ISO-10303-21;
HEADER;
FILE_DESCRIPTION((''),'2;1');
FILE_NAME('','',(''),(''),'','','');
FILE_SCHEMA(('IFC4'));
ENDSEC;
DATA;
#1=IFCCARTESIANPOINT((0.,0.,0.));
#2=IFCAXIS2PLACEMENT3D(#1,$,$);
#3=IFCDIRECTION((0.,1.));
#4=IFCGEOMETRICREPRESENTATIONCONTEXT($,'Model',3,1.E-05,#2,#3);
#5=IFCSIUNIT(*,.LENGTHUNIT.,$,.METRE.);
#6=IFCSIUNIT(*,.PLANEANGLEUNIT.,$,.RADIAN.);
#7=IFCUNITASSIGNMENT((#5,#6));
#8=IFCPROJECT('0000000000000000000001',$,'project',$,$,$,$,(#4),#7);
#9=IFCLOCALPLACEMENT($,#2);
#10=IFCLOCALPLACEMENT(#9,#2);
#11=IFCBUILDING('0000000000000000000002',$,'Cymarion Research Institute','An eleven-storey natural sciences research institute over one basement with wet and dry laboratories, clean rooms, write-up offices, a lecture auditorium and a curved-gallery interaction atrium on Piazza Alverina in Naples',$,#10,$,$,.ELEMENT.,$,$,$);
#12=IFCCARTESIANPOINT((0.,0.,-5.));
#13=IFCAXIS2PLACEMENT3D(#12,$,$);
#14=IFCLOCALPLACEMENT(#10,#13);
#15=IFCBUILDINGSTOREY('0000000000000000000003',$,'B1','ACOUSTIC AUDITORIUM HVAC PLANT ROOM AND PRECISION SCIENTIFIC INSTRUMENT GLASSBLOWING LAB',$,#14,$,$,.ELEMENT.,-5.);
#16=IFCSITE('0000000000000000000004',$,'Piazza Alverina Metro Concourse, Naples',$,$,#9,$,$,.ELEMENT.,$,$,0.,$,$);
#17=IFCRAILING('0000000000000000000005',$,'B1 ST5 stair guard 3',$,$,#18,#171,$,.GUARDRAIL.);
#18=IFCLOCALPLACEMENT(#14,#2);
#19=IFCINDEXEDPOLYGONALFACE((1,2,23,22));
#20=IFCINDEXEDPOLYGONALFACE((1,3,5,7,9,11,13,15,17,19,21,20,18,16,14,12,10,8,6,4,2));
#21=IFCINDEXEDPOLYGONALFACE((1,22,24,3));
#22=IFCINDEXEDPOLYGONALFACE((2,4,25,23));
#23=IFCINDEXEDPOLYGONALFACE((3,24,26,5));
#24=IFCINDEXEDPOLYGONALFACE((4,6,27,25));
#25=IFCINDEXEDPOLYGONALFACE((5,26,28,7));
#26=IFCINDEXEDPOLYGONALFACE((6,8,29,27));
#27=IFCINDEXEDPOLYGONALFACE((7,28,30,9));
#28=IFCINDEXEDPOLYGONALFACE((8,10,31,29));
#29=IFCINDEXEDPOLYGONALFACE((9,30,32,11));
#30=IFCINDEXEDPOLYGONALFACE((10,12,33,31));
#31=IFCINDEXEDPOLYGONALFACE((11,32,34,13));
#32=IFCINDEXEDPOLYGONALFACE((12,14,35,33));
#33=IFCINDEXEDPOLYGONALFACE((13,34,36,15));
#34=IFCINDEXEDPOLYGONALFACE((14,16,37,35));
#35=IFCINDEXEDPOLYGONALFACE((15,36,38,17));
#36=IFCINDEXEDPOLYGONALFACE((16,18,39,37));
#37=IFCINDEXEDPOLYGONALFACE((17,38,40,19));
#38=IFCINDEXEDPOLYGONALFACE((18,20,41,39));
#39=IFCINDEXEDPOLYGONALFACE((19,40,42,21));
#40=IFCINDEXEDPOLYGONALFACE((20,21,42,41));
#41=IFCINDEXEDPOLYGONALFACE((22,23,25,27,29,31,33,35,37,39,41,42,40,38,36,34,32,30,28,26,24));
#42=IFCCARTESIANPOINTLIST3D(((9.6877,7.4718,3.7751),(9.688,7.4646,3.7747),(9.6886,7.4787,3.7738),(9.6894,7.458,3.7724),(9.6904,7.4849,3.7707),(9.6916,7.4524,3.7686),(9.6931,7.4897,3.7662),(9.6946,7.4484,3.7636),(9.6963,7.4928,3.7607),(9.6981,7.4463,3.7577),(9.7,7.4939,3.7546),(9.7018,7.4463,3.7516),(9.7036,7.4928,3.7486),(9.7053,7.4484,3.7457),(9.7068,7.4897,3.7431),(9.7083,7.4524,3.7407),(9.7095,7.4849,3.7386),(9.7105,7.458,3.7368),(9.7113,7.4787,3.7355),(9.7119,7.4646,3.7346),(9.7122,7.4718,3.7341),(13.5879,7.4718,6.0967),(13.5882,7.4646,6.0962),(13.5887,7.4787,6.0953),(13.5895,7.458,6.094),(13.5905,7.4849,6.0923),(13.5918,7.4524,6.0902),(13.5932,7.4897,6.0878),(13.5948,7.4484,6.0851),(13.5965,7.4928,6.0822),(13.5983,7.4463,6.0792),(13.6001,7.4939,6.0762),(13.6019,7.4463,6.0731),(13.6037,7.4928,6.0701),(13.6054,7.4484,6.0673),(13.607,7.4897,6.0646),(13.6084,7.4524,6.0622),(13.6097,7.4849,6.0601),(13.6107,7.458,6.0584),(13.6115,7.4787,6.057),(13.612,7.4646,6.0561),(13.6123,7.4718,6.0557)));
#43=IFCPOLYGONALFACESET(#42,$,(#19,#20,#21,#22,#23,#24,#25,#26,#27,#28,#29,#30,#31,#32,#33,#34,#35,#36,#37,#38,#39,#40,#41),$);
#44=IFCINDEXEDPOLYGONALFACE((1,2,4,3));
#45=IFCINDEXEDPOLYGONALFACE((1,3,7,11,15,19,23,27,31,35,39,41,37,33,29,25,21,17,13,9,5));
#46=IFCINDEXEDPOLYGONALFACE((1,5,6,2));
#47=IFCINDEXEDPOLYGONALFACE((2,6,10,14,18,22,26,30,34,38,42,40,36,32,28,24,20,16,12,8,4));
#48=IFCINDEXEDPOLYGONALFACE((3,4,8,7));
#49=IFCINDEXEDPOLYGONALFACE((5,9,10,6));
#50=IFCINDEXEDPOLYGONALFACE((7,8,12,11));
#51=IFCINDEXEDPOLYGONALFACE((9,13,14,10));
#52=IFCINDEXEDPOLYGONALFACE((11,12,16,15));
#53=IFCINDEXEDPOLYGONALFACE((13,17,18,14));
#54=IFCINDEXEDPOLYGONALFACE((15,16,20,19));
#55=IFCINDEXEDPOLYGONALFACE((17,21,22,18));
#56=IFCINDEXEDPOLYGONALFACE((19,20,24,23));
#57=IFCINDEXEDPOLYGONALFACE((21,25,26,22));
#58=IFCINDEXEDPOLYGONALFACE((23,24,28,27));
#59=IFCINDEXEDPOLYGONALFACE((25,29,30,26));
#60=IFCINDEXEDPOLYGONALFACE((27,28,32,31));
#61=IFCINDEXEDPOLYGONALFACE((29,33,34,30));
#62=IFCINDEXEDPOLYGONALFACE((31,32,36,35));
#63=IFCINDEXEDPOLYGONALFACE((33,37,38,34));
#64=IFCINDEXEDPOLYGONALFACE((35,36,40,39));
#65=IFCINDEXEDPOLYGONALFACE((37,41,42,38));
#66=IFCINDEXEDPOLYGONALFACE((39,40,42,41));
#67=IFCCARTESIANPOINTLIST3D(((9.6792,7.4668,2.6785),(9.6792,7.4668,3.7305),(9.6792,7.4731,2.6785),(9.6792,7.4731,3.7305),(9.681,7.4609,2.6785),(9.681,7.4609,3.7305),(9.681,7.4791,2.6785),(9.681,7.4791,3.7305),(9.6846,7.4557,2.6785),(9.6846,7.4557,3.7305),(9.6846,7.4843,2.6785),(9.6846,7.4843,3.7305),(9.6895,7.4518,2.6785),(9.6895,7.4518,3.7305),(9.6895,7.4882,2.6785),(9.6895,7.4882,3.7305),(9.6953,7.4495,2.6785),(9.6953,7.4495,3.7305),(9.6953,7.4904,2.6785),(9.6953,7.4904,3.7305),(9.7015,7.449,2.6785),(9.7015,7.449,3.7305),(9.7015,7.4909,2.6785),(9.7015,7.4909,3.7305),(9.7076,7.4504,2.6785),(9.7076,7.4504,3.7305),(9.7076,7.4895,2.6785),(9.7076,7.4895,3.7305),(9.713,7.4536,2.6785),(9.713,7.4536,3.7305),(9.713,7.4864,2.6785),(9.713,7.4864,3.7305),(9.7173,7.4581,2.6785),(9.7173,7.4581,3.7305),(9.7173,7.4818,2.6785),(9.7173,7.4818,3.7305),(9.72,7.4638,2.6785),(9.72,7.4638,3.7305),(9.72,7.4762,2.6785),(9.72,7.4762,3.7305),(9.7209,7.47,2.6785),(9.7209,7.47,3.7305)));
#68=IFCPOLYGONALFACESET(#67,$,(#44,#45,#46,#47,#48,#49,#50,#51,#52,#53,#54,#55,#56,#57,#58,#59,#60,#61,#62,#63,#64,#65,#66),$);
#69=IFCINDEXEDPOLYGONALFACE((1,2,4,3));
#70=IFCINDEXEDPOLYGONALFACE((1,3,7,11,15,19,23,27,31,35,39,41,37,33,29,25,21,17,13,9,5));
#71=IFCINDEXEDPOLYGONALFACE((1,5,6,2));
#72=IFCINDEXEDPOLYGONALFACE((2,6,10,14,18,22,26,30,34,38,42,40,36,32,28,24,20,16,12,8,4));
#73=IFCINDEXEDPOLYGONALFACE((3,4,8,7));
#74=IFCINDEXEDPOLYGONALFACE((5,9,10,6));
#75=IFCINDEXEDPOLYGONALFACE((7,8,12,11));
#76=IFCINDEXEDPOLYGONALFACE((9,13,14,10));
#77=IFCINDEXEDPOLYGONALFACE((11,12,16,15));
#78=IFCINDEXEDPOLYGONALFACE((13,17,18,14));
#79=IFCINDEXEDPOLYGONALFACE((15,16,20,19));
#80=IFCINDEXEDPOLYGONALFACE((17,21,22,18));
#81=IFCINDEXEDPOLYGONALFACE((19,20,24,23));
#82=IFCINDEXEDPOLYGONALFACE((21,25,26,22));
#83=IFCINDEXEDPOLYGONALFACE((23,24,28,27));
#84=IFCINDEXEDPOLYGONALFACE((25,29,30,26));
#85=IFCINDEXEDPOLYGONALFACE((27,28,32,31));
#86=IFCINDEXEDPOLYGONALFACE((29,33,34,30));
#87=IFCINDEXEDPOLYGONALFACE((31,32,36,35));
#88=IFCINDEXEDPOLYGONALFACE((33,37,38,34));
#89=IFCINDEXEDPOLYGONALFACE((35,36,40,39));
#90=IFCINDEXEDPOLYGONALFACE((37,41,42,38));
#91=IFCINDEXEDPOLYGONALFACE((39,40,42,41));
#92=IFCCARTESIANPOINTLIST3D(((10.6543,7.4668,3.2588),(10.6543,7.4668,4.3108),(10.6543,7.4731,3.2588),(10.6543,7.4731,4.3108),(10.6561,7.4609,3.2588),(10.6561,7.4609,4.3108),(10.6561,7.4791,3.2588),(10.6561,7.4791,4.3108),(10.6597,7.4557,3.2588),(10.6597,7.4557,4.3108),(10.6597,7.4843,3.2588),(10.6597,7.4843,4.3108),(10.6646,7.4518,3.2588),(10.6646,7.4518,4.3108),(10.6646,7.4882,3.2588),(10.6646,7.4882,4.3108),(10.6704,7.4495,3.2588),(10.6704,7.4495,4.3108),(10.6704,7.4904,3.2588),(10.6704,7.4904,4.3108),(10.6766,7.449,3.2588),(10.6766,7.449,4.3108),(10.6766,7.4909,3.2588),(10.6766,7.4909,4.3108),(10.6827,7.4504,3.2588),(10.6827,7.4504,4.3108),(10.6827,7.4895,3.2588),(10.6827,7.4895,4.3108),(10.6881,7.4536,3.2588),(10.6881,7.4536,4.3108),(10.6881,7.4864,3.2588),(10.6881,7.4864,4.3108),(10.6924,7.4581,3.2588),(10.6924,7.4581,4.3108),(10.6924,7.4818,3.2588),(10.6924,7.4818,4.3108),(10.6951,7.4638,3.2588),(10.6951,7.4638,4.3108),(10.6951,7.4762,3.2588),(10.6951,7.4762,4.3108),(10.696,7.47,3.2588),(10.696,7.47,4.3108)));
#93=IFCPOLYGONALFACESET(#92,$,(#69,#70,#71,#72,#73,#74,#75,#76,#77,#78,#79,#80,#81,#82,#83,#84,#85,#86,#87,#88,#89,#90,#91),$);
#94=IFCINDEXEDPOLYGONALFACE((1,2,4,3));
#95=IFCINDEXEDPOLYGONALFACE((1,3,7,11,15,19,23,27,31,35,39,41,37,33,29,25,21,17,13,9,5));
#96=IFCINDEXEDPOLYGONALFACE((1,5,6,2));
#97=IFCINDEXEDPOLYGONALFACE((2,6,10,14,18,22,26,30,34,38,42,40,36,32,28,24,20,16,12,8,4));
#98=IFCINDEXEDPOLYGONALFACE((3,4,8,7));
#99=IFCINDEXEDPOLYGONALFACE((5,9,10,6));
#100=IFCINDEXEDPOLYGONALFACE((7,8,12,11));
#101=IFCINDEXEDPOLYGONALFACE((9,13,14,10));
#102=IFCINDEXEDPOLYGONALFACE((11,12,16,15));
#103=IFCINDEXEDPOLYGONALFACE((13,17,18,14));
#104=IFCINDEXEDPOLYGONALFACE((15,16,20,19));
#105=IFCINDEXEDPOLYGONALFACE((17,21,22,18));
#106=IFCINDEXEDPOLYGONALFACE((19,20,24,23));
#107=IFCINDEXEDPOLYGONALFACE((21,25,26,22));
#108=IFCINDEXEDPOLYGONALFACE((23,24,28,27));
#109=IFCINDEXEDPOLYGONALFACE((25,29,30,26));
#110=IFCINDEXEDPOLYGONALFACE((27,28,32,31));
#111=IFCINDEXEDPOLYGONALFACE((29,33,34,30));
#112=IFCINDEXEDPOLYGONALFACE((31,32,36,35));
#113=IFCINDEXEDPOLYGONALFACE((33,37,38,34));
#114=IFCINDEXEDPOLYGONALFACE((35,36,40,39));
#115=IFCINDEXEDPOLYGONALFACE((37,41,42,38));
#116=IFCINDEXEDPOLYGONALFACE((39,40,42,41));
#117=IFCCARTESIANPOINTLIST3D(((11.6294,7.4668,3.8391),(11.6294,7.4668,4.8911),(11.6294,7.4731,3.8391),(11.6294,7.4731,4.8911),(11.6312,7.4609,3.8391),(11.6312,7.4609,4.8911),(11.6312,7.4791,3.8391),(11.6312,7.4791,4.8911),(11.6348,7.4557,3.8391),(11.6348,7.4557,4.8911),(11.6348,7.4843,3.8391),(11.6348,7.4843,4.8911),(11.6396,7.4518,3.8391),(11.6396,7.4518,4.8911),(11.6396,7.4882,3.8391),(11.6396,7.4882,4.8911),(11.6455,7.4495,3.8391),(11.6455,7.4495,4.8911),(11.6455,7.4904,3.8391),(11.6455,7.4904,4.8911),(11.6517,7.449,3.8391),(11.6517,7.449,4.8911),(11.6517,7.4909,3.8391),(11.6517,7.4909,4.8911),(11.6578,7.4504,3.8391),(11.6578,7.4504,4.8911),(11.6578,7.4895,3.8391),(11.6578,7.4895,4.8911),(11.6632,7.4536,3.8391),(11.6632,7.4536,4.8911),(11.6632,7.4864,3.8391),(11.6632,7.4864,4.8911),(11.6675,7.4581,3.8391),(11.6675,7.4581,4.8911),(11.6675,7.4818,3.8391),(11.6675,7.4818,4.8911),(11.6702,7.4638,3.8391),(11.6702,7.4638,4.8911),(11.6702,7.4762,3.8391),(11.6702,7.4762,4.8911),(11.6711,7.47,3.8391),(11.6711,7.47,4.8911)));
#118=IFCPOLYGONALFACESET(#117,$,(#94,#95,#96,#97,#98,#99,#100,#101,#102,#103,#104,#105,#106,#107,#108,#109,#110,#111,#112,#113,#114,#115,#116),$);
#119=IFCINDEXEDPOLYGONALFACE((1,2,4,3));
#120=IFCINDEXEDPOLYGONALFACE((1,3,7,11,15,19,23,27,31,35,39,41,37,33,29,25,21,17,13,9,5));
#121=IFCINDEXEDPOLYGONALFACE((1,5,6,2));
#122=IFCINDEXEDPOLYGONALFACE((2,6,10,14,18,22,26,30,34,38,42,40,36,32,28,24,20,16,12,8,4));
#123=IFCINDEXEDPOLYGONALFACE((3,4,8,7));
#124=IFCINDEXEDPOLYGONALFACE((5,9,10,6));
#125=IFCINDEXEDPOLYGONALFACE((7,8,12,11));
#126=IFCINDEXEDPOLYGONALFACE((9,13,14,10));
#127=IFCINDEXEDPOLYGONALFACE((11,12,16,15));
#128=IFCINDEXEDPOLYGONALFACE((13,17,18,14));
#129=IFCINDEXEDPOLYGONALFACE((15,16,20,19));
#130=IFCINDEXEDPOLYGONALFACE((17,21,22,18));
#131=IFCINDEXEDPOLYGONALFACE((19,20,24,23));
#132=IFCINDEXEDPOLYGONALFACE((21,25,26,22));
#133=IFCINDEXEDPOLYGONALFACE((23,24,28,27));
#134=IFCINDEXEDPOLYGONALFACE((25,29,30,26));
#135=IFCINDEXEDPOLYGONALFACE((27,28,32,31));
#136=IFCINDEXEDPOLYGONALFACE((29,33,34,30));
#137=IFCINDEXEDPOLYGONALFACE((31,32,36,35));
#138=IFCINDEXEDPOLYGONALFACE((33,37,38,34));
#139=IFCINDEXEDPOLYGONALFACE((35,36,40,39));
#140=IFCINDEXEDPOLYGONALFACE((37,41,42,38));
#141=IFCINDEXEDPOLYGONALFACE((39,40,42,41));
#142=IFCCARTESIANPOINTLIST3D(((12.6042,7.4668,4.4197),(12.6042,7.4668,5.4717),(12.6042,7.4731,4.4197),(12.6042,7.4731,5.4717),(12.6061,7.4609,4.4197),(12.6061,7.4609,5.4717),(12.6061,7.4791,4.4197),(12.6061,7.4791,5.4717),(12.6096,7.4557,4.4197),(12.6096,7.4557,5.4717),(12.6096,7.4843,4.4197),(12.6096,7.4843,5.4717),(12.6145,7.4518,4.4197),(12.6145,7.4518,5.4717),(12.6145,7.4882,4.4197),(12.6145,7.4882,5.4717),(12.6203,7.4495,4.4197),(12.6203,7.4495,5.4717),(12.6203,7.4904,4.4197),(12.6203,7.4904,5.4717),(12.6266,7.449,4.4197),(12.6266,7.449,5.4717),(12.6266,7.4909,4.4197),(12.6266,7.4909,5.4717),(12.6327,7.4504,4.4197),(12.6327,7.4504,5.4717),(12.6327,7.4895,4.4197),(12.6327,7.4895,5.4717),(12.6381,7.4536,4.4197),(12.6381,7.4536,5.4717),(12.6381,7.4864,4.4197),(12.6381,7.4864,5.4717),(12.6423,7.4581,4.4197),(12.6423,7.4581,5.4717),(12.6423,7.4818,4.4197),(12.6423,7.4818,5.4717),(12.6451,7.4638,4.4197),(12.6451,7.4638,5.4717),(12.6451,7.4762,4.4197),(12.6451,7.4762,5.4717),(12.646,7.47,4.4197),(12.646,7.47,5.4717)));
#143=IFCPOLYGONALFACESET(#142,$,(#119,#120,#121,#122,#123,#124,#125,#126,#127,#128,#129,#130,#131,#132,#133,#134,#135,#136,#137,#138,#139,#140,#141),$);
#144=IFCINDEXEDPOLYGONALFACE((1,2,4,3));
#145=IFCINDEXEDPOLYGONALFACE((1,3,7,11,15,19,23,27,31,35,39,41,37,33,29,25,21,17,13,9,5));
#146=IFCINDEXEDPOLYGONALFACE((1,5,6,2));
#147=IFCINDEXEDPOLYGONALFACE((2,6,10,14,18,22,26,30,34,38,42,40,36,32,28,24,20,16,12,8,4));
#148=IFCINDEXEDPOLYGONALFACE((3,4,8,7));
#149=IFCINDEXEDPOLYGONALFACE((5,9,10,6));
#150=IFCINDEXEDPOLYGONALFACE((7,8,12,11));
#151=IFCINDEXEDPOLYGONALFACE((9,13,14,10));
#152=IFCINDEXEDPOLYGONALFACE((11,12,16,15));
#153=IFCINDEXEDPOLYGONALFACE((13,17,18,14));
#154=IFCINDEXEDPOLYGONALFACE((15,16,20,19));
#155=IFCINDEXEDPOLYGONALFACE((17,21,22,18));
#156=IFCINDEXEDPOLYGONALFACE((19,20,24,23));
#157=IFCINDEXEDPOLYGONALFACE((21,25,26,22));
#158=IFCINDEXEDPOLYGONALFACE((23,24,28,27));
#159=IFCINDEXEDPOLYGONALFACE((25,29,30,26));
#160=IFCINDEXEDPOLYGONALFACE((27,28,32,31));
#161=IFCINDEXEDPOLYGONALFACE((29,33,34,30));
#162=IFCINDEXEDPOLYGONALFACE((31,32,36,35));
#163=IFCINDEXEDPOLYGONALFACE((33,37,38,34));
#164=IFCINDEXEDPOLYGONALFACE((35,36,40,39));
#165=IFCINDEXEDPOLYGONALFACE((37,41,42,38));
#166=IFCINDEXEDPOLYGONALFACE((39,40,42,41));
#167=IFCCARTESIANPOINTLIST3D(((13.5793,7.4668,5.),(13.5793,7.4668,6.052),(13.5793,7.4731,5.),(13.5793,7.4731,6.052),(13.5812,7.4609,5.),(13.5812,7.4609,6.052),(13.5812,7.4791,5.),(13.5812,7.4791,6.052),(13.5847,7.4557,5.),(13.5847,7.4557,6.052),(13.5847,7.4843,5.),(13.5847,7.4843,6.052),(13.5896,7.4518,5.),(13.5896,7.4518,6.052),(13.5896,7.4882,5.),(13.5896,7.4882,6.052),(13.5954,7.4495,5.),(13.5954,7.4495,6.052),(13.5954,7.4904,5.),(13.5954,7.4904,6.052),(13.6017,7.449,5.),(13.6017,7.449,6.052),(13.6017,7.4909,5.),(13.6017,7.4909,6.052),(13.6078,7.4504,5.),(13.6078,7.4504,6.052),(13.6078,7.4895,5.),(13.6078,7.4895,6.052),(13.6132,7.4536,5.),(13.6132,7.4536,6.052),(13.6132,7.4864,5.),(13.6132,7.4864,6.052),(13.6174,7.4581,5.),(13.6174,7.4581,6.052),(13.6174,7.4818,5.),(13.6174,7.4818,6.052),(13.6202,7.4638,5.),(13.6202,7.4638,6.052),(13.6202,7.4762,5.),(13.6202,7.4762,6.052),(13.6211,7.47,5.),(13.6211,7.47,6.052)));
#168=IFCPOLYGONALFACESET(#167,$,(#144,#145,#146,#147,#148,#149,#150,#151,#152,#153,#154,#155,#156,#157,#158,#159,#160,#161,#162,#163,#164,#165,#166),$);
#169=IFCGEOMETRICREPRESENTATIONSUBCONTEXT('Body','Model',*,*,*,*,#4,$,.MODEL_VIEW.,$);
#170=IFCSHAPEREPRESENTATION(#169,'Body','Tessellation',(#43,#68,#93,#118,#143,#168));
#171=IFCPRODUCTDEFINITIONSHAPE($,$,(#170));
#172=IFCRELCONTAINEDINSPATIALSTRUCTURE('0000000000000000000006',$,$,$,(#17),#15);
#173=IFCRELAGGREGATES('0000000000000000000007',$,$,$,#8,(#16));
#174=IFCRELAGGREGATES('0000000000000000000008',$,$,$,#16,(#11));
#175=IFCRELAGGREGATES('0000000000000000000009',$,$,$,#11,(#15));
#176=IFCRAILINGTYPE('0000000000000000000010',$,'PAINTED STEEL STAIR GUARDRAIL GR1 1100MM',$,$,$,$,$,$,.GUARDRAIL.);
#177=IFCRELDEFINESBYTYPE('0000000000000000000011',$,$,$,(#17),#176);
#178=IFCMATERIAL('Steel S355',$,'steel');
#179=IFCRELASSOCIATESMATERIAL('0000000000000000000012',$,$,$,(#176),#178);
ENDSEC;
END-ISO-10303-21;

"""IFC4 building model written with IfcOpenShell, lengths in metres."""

from ifc_helpers import new_model, si_unit, direction, frame, origin, origin_2d, place, context, subcontext, project, spatial, circle, extrude, material, type_object, element, save


model = new_model("IFC4")

# Units and contexts
model_context = context("Model", 3, precision=1e-05, world=origin(), true_north=direction((0.0, 1.0)))
body_context = subcontext(model_context, "Body", "Model", "MODEL_VIEW")
ifc_project = project(units=[si_unit("LENGTHUNIT", "METRE"), si_unit("PLANEANGLEUNIT", "RADIAN")], contexts=[model_context])

# Site, building, storey
site_placement = place(None, origin())
site = spatial("IfcSite", under=ifc_project, at=site_placement, Name="Piazza Alverina Metro Concourse, Naples", CompositionType="ELEMENT", RefElevation=0.0)
building_placement = place(site_placement, origin())
building = spatial("IfcBuilding", under=site, at=building_placement, Name="Cymarion Research Institute", Description="An eleven-storey natural sciences research institute over one basement with wet and dry laboratories, clean rooms, write-up offices, a lecture auditorium and a curved-gallery interaction atrium on Piazza Alverina in Naples", CompositionType="ELEMENT")
storey_placement = place(building_placement, frame((0.0, 0.0, -5.0)))
storey = spatial("IfcBuildingStorey", under=building, at=storey_placement, Name="B1", Description="ACOUSTIC AUDITORIUM HVAC PLANT ROOM AND PRECISION SCIENTIFIC INSTRUMENT GLASSBLOWING LAB", CompositionType="ELEMENT", Elevation=-5.0)

# Shared definitions
ifc_material_1 = material(Name="Steel S355", Category="steel")

# Railing
railing_type_1 = type_object("IfcRailingType", Name="PAINTED STEEL STAIR GUARDRAIL GR1 1100MM", PredefinedType="GUARDRAIL", material=ifc_material_1)
railing_1_placement = place(storey_placement, frame((9.7, 7.47, 2.6785)))
element("IfcRailing", 1, at=railing_1_placement, inside=storey, type_object=railing_type_1, Name="B1 ST5 stair guard 3", PredefinedType="GUARDRAIL", context=body_context, shape_type="SweptSolid", body=[
    extrude(circle(Radius=0.0239, at=origin_2d()), frame((0.0, 0.0, 1.0762), z_axis=(0.859291, 0.0, 0.511487), x_axis=(0.0, 1.0, 0.0)), (0.0, 0.0, 1.0), 4.5388),
    extrude(circle(Radius=0.021, at=origin_2d()), origin(), (0.0, 0.0, 1.0), 1.052),
    extrude(circle(Radius=0.021, at=origin_2d()), frame((0.9751, 0.0, 0.5803)), (0.0, 0.0, 1.0), 1.052),
    extrude(circle(Radius=0.021, at=origin_2d()), frame((1.9502, 0.0, 1.1606)), (0.0, 0.0, 1.0), 1.052),
    extrude(circle(Radius=0.021, at=origin_2d()), frame((2.925, 0.0, 1.7412)), (0.0, 0.0, 1.0), 1.052),
    extrude(circle(Radius=0.021, at=origin_2d()), frame((3.9001, 0.0, 2.3215)), (0.0, 0.0, 1.0), 1.052),
])

save(model, "model.ifc")
